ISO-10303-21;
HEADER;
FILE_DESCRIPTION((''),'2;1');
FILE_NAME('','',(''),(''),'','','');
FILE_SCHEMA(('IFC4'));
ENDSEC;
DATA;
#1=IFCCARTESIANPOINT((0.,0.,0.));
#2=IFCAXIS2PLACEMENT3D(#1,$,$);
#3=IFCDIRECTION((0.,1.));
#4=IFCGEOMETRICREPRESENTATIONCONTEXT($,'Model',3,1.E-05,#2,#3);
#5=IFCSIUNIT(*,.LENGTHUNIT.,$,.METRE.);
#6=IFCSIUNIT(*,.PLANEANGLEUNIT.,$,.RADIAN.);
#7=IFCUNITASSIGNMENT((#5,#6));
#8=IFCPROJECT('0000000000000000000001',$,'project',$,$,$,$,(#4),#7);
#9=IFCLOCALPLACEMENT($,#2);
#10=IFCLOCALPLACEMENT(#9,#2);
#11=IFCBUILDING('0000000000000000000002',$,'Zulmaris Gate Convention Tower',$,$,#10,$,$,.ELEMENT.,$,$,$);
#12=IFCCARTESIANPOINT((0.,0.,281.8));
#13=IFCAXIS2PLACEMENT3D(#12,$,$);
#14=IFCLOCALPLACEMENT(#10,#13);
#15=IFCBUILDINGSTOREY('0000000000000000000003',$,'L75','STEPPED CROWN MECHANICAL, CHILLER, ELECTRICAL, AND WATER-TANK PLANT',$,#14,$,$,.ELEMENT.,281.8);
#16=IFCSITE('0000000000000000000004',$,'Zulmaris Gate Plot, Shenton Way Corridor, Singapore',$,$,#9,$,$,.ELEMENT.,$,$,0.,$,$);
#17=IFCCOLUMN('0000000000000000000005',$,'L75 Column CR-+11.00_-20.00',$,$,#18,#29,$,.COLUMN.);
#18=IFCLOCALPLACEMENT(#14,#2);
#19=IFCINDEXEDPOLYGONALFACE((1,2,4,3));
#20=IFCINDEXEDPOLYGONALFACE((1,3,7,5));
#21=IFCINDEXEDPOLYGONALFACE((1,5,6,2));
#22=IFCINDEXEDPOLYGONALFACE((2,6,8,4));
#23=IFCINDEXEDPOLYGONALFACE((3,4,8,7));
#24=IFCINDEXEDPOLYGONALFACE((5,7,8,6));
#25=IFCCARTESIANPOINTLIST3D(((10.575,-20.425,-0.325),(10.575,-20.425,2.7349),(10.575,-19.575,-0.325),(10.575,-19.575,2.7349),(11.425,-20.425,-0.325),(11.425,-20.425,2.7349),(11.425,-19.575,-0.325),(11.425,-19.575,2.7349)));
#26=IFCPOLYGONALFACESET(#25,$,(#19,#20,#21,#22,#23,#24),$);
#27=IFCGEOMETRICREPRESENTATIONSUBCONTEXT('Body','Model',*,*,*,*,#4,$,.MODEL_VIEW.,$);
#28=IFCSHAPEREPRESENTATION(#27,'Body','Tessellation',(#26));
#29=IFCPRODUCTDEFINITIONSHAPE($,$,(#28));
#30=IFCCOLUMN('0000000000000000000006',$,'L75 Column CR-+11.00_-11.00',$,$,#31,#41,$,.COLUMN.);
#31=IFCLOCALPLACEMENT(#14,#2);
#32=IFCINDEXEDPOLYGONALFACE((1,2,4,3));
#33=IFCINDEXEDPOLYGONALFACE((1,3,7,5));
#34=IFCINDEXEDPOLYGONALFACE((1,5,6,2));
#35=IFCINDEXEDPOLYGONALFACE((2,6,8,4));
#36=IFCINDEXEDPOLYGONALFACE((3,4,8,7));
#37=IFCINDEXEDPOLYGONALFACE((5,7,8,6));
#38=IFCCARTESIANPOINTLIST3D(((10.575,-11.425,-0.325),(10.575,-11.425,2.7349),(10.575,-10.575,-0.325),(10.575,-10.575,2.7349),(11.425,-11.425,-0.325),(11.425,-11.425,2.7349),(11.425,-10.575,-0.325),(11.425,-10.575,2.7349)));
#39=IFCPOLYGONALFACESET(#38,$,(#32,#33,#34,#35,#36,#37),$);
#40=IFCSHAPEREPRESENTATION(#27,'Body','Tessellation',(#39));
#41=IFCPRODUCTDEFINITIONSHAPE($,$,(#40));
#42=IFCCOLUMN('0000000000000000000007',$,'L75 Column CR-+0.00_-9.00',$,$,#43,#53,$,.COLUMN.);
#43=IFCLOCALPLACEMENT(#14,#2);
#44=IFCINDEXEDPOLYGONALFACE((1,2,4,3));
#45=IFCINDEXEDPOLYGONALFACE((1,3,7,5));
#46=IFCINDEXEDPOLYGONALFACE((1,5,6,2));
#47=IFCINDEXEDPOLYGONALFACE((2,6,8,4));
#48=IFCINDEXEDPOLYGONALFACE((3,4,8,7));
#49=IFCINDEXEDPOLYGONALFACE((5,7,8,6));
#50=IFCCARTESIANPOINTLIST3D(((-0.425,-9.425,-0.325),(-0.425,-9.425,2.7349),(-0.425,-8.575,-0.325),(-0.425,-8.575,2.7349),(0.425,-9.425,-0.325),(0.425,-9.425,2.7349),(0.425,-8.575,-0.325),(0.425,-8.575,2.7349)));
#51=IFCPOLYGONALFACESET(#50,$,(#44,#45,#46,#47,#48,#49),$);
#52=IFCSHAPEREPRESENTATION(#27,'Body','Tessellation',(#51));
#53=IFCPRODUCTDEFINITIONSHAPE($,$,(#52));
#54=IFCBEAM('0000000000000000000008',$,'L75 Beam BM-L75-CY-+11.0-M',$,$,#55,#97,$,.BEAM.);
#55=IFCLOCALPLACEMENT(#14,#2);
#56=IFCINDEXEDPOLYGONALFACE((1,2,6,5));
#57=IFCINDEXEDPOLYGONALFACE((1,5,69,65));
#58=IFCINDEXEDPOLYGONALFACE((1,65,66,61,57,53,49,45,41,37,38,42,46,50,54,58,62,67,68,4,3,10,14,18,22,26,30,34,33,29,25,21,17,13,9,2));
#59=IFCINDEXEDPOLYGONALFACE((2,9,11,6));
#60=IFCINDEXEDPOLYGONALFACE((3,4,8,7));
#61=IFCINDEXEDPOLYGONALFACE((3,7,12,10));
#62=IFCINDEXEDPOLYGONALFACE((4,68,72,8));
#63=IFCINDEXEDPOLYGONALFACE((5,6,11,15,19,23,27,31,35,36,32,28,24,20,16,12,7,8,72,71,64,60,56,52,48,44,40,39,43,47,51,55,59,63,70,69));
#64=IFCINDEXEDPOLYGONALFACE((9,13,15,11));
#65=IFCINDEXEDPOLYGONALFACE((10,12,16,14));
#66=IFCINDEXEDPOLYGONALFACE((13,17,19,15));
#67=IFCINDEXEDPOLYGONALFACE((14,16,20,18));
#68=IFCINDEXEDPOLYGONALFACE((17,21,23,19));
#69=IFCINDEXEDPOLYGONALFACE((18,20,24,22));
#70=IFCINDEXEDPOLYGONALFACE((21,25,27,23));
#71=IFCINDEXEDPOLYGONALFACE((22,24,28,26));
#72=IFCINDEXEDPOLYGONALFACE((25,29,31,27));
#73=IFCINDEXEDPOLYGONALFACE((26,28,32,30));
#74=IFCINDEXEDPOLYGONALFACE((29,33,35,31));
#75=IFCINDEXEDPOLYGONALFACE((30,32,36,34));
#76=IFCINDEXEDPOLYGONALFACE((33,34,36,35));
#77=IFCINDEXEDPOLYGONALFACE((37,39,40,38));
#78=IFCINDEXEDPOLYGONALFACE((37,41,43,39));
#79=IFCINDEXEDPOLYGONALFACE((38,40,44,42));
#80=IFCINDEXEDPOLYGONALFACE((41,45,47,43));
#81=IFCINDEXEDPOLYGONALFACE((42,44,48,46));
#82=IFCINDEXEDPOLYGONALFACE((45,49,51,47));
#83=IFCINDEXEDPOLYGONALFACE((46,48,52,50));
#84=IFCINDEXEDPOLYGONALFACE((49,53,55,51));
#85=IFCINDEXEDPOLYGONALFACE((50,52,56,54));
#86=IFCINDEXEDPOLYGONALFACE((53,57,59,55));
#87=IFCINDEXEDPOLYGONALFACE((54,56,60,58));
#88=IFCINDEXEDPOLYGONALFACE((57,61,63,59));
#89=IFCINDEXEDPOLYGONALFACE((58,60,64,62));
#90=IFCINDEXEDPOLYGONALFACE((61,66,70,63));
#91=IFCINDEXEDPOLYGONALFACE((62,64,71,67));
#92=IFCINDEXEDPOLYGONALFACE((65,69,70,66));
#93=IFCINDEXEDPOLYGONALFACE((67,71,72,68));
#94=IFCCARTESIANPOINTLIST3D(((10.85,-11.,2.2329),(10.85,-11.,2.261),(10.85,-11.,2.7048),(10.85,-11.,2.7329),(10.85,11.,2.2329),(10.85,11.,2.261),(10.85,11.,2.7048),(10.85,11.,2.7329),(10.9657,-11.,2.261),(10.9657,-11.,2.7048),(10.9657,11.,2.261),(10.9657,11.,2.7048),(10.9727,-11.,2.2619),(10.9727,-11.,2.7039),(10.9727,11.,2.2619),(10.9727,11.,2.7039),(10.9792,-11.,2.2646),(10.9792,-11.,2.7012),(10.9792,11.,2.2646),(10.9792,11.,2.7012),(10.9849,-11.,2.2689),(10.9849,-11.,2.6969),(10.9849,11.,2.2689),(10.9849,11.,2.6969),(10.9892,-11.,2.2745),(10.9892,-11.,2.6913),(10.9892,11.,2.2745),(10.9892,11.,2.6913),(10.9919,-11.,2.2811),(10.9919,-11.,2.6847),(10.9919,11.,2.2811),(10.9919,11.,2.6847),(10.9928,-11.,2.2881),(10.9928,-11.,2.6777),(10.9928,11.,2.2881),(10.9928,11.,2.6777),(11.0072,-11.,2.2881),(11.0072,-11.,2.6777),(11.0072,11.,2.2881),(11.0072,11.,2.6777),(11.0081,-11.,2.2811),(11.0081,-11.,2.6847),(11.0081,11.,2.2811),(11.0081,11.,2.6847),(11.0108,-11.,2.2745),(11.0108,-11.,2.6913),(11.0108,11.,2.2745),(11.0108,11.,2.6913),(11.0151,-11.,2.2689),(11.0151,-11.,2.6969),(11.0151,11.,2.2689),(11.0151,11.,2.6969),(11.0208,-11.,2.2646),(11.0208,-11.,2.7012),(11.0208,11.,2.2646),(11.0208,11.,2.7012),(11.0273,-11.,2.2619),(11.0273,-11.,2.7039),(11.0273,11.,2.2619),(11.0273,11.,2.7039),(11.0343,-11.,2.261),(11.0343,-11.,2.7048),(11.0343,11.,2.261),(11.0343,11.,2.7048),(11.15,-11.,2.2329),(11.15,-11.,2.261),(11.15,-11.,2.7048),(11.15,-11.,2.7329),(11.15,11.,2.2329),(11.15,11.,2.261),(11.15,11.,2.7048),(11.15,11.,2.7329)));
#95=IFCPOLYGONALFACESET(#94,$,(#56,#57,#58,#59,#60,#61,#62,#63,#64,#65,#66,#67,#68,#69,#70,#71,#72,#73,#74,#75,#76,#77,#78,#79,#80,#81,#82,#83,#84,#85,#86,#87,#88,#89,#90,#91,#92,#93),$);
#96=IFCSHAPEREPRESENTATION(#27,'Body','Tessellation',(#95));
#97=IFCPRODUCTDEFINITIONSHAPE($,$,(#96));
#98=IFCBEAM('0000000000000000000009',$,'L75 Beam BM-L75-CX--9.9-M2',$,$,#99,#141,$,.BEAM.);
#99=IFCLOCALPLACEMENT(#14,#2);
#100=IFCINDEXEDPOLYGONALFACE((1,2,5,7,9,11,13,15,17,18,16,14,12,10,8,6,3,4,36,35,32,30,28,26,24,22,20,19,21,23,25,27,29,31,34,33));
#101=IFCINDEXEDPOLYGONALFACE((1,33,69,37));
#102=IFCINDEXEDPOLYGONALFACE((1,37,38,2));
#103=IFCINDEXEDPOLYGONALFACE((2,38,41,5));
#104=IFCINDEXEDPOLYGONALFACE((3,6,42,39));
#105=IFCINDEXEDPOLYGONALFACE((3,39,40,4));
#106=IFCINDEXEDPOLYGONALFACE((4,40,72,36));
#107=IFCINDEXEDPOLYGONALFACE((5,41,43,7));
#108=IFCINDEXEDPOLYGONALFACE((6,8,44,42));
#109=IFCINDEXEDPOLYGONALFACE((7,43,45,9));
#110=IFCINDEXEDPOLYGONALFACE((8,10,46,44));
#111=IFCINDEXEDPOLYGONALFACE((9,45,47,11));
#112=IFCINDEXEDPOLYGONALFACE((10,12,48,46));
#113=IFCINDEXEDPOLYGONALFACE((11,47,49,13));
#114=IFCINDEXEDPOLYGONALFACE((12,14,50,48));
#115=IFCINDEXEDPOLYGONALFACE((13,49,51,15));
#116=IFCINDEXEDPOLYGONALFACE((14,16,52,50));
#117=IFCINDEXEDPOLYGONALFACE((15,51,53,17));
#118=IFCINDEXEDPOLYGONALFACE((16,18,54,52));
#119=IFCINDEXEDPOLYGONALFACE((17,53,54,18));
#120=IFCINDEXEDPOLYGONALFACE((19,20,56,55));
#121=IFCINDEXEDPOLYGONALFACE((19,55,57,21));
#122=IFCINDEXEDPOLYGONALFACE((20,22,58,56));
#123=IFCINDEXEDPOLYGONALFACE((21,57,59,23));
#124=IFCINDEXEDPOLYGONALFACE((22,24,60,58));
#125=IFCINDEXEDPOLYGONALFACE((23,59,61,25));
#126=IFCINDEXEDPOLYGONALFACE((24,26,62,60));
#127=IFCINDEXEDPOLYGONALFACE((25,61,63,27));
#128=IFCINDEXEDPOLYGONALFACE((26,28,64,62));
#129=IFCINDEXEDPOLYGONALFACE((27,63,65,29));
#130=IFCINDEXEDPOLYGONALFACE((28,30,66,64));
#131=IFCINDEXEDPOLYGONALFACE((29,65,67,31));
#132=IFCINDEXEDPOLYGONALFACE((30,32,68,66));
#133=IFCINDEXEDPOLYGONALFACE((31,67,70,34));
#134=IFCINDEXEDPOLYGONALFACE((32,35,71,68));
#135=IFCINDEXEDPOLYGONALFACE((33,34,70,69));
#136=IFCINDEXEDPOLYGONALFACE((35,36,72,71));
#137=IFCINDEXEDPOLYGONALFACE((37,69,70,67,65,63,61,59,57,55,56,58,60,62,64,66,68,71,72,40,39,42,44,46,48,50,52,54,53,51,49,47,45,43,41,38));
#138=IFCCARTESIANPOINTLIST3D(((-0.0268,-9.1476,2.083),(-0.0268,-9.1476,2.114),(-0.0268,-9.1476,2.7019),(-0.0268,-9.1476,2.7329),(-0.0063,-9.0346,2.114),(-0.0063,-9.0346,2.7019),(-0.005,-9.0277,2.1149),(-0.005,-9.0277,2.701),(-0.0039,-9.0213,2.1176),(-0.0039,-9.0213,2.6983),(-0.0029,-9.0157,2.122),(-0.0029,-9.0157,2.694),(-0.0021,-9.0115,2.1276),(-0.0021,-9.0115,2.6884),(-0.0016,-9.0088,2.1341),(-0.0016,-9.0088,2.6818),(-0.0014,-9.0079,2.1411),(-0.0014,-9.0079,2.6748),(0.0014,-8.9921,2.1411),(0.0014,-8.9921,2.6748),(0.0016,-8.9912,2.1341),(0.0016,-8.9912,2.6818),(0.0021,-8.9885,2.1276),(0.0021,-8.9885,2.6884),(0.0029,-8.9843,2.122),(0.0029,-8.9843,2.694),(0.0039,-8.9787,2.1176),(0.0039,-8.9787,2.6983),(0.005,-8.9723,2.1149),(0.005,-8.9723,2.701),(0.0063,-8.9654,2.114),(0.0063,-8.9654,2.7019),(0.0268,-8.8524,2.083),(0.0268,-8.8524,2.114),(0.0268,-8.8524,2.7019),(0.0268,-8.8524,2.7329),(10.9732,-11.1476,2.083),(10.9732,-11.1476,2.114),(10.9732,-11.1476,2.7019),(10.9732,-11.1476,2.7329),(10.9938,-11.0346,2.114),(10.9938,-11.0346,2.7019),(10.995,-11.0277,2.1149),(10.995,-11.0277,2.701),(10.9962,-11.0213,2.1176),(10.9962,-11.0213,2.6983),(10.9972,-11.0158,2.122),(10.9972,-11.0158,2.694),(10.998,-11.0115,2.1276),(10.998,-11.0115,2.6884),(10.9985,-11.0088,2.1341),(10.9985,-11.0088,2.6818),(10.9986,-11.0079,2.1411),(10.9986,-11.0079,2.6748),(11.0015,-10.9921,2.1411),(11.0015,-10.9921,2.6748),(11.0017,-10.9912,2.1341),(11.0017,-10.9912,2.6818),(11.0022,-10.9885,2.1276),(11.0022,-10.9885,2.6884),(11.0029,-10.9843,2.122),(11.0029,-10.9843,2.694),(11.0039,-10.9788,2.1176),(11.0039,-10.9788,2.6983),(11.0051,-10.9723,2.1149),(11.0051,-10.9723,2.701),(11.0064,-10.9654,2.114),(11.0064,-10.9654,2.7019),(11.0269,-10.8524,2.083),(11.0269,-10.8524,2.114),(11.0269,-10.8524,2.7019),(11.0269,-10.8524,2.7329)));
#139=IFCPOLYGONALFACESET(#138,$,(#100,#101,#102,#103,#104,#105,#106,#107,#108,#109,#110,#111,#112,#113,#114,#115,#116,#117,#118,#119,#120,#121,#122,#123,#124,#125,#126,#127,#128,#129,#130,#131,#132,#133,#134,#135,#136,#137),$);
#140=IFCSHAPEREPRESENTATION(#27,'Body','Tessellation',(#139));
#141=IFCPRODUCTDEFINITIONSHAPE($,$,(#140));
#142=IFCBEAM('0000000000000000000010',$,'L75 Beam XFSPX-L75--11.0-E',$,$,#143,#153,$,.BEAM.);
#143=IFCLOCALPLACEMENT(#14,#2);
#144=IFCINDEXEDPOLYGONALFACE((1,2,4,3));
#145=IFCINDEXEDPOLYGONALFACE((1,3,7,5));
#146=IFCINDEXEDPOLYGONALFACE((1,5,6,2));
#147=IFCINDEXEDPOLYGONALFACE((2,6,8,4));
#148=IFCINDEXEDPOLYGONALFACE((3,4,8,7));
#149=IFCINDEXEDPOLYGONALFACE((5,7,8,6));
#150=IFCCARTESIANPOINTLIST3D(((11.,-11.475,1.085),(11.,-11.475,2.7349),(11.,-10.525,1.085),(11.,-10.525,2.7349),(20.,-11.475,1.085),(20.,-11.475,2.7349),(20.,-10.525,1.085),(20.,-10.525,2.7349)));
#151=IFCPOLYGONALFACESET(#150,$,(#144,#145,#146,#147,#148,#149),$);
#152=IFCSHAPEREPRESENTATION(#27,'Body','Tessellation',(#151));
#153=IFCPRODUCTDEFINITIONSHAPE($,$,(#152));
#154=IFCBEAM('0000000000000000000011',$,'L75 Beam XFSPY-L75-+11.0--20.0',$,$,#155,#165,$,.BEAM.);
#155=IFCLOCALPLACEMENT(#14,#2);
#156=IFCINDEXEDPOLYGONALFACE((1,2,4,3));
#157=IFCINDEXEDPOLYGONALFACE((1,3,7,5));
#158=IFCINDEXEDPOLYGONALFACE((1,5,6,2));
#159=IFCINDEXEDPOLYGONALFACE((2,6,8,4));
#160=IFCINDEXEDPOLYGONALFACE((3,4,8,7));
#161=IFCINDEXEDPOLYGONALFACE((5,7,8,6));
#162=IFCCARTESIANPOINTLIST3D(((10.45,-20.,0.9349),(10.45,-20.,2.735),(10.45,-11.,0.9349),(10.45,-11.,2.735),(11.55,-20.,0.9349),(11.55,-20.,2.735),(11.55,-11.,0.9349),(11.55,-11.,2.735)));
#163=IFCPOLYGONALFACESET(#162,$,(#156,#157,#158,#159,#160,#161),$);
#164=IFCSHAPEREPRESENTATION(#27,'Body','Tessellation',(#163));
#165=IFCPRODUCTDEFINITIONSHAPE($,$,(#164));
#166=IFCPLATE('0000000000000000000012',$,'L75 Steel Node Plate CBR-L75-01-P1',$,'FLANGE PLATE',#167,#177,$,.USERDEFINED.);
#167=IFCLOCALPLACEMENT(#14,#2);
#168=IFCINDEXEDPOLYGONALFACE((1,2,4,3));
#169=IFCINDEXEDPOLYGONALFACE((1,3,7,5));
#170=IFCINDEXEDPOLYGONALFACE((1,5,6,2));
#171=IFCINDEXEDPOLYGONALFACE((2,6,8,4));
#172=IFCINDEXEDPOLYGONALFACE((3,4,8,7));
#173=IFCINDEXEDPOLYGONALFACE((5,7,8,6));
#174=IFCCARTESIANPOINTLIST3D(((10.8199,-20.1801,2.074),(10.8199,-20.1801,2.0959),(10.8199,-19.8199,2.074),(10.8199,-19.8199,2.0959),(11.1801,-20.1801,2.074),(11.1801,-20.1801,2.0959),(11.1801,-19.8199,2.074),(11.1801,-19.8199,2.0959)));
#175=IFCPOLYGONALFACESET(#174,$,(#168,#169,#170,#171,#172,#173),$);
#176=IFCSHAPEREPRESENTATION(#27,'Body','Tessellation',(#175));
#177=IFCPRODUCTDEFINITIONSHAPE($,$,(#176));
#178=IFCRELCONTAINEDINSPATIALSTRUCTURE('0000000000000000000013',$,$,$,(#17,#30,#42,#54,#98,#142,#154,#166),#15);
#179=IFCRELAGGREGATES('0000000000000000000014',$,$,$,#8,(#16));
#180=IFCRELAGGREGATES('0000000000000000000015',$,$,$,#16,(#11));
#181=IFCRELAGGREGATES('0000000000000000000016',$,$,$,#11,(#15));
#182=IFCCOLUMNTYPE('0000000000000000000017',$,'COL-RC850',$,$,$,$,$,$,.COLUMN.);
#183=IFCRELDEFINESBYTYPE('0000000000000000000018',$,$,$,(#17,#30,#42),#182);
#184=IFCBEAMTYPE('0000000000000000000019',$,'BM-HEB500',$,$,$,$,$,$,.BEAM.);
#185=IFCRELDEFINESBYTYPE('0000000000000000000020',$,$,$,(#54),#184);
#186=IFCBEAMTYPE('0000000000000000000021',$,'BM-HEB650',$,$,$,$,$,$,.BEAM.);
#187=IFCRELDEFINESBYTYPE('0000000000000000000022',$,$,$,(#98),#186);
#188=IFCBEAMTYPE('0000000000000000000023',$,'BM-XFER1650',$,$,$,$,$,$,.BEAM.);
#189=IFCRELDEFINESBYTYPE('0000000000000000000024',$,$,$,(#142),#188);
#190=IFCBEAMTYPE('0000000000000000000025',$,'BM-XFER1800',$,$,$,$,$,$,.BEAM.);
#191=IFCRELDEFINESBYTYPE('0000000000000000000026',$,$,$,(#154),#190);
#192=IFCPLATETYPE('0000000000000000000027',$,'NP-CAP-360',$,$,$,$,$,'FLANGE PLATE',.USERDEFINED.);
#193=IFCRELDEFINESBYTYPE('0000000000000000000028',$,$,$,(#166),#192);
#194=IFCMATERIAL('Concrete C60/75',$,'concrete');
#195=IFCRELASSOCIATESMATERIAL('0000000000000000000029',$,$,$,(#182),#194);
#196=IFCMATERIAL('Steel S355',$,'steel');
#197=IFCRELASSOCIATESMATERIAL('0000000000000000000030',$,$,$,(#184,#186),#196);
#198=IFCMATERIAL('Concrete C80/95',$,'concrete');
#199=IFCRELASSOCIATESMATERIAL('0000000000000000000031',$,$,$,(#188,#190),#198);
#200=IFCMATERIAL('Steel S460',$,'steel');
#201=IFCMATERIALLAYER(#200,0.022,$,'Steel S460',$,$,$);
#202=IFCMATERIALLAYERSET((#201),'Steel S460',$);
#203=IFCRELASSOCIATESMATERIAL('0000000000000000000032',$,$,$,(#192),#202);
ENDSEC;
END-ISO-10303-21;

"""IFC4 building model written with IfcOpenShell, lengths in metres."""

from ifc_helpers import new_model, si_unit, direction, frame, origin, origin_2d, place, context, subcontext, project, spatial, rectangle, i_section, extrude, material, layer, layer_set, material_profile, profile_set, type_object, element, save


model = new_model("IFC4")

# Units and contexts
model_context = context("Model", 3, precision=1e-05, world=origin(), true_north=direction((0.0, 1.0)))
body_context = subcontext(model_context, "Body", "Model", "MODEL_VIEW")
ifc_project = project(units=[si_unit("LENGTHUNIT", "METRE"), si_unit("PLANEANGLEUNIT", "RADIAN")], contexts=[model_context])

# Site, building, storey
site_placement = place(None, origin())
site = spatial("IfcSite", under=ifc_project, at=site_placement, Name="Zulmaris Gate Plot, Shenton Way Corridor, Singapore", CompositionType="ELEMENT", RefElevation=0.0)
building_placement = place(site_placement, origin())
building = spatial("IfcBuilding", under=site, at=building_placement, Name="Zulmaris Gate Convention Tower", CompositionType="ELEMENT")
storey_placement = place(building_placement, frame((0.0, 0.0, 281.8)))
storey = spatial("IfcBuildingStorey", under=building, at=storey_placement, Name="L75", Description="STEPPED CROWN MECHANICAL, CHILLER, ELECTRICAL, AND WATER-TANK PLANT", CompositionType="ELEMENT", Elevation=281.8)

# Columns
ifc_material_1 = material(Name="Concrete C60/75", Category="concrete")
ifc_material_profile_1 = material_profile(ifc_material_1, rectangle(XDim=0.8501, YDim=0.8501, at=origin_2d()), Name="RC COL 850x850")
ifc_profile_set_1 = profile_set([ifc_material_profile_1], Name="Concrete C60/75")
column_type = type_object("IfcColumnType", Name="COL-RC850", PredefinedType="COLUMN", material=ifc_profile_set_1)
for number, where, z_axis, x_axis, name in (
    (1, (11.0, -20.0, -0.325), (0.0, 0.0, 1.0), (1.0, 0.0, 0.0), "L75 Column CR-+11.00_-20.00"),
    (2, (11.0, -11.0, -0.325), (0.0, 0.0, 1.0), (1.0, 0.0, 0.0), "L75 Column CR-+11.00_-11.00"),
    (3, (0.0, -9.0, -0.325), (0.0, 0.0, 1.0), (1.0, 0.0, 0.0), "L75 Column CR-+0.00_-9.00"),
):
    element("IfcColumn", number, at=place(storey_placement, frame(where, z_axis=z_axis, x_axis=x_axis)), inside=storey, type_object=column_type, Name=name, PredefinedType="COLUMN", context=body_context, shape_type="SweptSolid", body=[
        extrude(rectangle(XDim=0.8501, YDim=0.8501, at=origin_2d()), origin(), (0.0, 0.0, 1.0), 3.0598),
    ])

# Beams
ifc_material_2 = material(Name="Steel S355", Category="steel")
ifc_material_profile_2 = material_profile(ifc_material_2, i_section(OverallWidth=0.3, OverallDepth=0.5, WebThickness=0.0144, FlangeThickness=0.0281, FilletRadius=0.0271, at=origin_2d()), Name="HEB 500")
ifc_profile_set_2 = profile_set([ifc_material_profile_2], Name="Steel S355")
beam_type_1 = type_object("IfcBeamType", Name="BM-HEB500", PredefinedType="BEAM", material=ifc_profile_set_2)
beam_1_placement = place(storey_placement, frame((11.0, -11.0, 2.4829), z_axis=(0.0, 1.0, 0.0), x_axis=(-1.0, 0.0, 0.0)))
element("IfcBeam", 4, at=beam_1_placement, inside=storey, type_object=beam_type_1, Name="L75 Beam BM-L75-CY-+11.0-M", PredefinedType="BEAM", context=body_context, shape_type="SweptSolid", body=[
    extrude(i_section(OverallWidth=0.3, OverallDepth=0.5, WebThickness=0.0144, FlangeThickness=0.0281, FilletRadius=0.0271, at=origin_2d()), origin(), (0.0, 0.0, 1.0), 22.0),
])
ifc_material_profile_3 = material_profile(ifc_material_2, i_section(OverallWidth=0.3, OverallDepth=0.6499, WebThickness=0.0161, FlangeThickness=0.031, FilletRadius=0.0271, at=origin_2d()), Name="HEB 650")
ifc_profile_set_3 = profile_set([ifc_material_profile_3], Name="Steel S355")
beam_type_2 = type_object("IfcBeamType", Name="BM-HEB650", PredefinedType="BEAM", material=ifc_profile_set_3)
beam_2_placement = place(storey_placement, frame((0.0, -9.0, 2.408), z_axis=(0.98387, -0.178885, 0.0), x_axis=(0.178885, 0.98387, 0.0)))
element("IfcBeam", 5, at=beam_2_placement, inside=storey, type_object=beam_type_2, Name="L75 Beam BM-L75-CX--9.9-M2", PredefinedType="BEAM", context=body_context, shape_type="SweptSolid", body=[
    extrude(i_section(OverallWidth=0.3, OverallDepth=0.6499, WebThickness=0.0161, FlangeThickness=0.031, FilletRadius=0.0271, at=origin_2d()), origin(), (0.0, 0.0, 1.0), 11.1804),
])
ifc_material_3 = material(Name="Concrete C80/95", Category="concrete")
ifc_material_profile_4 = material_profile(ifc_material_3, rectangle(XDim=0.95, YDim=1.6499, at=origin_2d()), Name="RC TRANSFER 950x1650")
ifc_profile_set_4 = profile_set([ifc_material_profile_4], Name="Concrete C80/95")
beam_type_3 = type_object("IfcBeamType", Name="BM-XFER1650", PredefinedType="BEAM", material=ifc_profile_set_4)
beam_3_placement = place(storey_placement, frame((11.0, -11.0, 1.9099), z_axis=(1.0, 0.0, 0.0), x_axis=(0.0, 1.0, 0.0)))
element("IfcBeam", 6, at=beam_3_placement, inside=storey, type_object=beam_type_3, Name="L75 Beam XFSPX-L75--11.0-E", PredefinedType="BEAM", context=body_context, shape_type="SweptSolid", body=[
    extrude(rectangle(XDim=0.95, YDim=1.6499, at=origin_2d()), origin(), (0.0, 0.0, 1.0), 9.0),
])
ifc_material_profile_5 = material_profile(ifc_material_3, rectangle(XDim=1.1001, YDim=1.8, at=origin_2d()), Name="RC TRANSFER 1100x1800")
ifc_profile_set_5 = profile_set([ifc_material_profile_5], Name="Concrete C80/95")
beam_type_4 = type_object("IfcBeamType", Name="BM-XFER1800", PredefinedType="BEAM", material=ifc_profile_set_5)
beam_4_placement = place(storey_placement, frame((11.0, -20.0, 1.835), z_axis=(0.0, 1.0, 0.0), x_axis=(-1.0, 0.0, 0.0)))
element("IfcBeam", 7, at=beam_4_placement, inside=storey, type_object=beam_type_4, Name="L75 Beam XFSPY-L75-+11.0--20.0", PredefinedType="BEAM", context=body_context, shape_type="SweptSolid", body=[
    extrude(rectangle(XDim=1.1001, YDim=1.8, at=origin_2d()), origin(), (0.0, 0.0, 1.0), 9.0),
])

# Plate
ifc_material_4 = material(Name="Steel S460", Category="steel")
ifc_layer_1 = layer(ifc_material_4, 0.022, Name="Steel S460")
ifc_layer_set_1 = layer_set([ifc_layer_1], Name="Steel S460")
plate_type = type_object("IfcPlateType", Name="NP-CAP-360", ElementType="FLANGE PLATE", PredefinedType="USERDEFINED", material=ifc_layer_set_1)
plate_placement = place(storey_placement, frame((11.0, -20.0, 2.074), z_axis=(0.0, 0.0, 1.0), x_axis=(1.0, 0.0, 0.0)))
element("IfcPlate", 8, at=plate_placement, inside=storey, type_object=plate_type, Name="L75 Steel Node Plate CBR-L75-01-P1", ObjectType="FLANGE PLATE", PredefinedType="USERDEFINED", context=body_context, shape_type="SweptSolid", body=[
    extrude(rectangle(XDim=0.3601, YDim=0.3601, at=origin_2d()), origin(), (0.0, 0.0, 1.0), 0.022),
])

save(model, "model.ifc")
